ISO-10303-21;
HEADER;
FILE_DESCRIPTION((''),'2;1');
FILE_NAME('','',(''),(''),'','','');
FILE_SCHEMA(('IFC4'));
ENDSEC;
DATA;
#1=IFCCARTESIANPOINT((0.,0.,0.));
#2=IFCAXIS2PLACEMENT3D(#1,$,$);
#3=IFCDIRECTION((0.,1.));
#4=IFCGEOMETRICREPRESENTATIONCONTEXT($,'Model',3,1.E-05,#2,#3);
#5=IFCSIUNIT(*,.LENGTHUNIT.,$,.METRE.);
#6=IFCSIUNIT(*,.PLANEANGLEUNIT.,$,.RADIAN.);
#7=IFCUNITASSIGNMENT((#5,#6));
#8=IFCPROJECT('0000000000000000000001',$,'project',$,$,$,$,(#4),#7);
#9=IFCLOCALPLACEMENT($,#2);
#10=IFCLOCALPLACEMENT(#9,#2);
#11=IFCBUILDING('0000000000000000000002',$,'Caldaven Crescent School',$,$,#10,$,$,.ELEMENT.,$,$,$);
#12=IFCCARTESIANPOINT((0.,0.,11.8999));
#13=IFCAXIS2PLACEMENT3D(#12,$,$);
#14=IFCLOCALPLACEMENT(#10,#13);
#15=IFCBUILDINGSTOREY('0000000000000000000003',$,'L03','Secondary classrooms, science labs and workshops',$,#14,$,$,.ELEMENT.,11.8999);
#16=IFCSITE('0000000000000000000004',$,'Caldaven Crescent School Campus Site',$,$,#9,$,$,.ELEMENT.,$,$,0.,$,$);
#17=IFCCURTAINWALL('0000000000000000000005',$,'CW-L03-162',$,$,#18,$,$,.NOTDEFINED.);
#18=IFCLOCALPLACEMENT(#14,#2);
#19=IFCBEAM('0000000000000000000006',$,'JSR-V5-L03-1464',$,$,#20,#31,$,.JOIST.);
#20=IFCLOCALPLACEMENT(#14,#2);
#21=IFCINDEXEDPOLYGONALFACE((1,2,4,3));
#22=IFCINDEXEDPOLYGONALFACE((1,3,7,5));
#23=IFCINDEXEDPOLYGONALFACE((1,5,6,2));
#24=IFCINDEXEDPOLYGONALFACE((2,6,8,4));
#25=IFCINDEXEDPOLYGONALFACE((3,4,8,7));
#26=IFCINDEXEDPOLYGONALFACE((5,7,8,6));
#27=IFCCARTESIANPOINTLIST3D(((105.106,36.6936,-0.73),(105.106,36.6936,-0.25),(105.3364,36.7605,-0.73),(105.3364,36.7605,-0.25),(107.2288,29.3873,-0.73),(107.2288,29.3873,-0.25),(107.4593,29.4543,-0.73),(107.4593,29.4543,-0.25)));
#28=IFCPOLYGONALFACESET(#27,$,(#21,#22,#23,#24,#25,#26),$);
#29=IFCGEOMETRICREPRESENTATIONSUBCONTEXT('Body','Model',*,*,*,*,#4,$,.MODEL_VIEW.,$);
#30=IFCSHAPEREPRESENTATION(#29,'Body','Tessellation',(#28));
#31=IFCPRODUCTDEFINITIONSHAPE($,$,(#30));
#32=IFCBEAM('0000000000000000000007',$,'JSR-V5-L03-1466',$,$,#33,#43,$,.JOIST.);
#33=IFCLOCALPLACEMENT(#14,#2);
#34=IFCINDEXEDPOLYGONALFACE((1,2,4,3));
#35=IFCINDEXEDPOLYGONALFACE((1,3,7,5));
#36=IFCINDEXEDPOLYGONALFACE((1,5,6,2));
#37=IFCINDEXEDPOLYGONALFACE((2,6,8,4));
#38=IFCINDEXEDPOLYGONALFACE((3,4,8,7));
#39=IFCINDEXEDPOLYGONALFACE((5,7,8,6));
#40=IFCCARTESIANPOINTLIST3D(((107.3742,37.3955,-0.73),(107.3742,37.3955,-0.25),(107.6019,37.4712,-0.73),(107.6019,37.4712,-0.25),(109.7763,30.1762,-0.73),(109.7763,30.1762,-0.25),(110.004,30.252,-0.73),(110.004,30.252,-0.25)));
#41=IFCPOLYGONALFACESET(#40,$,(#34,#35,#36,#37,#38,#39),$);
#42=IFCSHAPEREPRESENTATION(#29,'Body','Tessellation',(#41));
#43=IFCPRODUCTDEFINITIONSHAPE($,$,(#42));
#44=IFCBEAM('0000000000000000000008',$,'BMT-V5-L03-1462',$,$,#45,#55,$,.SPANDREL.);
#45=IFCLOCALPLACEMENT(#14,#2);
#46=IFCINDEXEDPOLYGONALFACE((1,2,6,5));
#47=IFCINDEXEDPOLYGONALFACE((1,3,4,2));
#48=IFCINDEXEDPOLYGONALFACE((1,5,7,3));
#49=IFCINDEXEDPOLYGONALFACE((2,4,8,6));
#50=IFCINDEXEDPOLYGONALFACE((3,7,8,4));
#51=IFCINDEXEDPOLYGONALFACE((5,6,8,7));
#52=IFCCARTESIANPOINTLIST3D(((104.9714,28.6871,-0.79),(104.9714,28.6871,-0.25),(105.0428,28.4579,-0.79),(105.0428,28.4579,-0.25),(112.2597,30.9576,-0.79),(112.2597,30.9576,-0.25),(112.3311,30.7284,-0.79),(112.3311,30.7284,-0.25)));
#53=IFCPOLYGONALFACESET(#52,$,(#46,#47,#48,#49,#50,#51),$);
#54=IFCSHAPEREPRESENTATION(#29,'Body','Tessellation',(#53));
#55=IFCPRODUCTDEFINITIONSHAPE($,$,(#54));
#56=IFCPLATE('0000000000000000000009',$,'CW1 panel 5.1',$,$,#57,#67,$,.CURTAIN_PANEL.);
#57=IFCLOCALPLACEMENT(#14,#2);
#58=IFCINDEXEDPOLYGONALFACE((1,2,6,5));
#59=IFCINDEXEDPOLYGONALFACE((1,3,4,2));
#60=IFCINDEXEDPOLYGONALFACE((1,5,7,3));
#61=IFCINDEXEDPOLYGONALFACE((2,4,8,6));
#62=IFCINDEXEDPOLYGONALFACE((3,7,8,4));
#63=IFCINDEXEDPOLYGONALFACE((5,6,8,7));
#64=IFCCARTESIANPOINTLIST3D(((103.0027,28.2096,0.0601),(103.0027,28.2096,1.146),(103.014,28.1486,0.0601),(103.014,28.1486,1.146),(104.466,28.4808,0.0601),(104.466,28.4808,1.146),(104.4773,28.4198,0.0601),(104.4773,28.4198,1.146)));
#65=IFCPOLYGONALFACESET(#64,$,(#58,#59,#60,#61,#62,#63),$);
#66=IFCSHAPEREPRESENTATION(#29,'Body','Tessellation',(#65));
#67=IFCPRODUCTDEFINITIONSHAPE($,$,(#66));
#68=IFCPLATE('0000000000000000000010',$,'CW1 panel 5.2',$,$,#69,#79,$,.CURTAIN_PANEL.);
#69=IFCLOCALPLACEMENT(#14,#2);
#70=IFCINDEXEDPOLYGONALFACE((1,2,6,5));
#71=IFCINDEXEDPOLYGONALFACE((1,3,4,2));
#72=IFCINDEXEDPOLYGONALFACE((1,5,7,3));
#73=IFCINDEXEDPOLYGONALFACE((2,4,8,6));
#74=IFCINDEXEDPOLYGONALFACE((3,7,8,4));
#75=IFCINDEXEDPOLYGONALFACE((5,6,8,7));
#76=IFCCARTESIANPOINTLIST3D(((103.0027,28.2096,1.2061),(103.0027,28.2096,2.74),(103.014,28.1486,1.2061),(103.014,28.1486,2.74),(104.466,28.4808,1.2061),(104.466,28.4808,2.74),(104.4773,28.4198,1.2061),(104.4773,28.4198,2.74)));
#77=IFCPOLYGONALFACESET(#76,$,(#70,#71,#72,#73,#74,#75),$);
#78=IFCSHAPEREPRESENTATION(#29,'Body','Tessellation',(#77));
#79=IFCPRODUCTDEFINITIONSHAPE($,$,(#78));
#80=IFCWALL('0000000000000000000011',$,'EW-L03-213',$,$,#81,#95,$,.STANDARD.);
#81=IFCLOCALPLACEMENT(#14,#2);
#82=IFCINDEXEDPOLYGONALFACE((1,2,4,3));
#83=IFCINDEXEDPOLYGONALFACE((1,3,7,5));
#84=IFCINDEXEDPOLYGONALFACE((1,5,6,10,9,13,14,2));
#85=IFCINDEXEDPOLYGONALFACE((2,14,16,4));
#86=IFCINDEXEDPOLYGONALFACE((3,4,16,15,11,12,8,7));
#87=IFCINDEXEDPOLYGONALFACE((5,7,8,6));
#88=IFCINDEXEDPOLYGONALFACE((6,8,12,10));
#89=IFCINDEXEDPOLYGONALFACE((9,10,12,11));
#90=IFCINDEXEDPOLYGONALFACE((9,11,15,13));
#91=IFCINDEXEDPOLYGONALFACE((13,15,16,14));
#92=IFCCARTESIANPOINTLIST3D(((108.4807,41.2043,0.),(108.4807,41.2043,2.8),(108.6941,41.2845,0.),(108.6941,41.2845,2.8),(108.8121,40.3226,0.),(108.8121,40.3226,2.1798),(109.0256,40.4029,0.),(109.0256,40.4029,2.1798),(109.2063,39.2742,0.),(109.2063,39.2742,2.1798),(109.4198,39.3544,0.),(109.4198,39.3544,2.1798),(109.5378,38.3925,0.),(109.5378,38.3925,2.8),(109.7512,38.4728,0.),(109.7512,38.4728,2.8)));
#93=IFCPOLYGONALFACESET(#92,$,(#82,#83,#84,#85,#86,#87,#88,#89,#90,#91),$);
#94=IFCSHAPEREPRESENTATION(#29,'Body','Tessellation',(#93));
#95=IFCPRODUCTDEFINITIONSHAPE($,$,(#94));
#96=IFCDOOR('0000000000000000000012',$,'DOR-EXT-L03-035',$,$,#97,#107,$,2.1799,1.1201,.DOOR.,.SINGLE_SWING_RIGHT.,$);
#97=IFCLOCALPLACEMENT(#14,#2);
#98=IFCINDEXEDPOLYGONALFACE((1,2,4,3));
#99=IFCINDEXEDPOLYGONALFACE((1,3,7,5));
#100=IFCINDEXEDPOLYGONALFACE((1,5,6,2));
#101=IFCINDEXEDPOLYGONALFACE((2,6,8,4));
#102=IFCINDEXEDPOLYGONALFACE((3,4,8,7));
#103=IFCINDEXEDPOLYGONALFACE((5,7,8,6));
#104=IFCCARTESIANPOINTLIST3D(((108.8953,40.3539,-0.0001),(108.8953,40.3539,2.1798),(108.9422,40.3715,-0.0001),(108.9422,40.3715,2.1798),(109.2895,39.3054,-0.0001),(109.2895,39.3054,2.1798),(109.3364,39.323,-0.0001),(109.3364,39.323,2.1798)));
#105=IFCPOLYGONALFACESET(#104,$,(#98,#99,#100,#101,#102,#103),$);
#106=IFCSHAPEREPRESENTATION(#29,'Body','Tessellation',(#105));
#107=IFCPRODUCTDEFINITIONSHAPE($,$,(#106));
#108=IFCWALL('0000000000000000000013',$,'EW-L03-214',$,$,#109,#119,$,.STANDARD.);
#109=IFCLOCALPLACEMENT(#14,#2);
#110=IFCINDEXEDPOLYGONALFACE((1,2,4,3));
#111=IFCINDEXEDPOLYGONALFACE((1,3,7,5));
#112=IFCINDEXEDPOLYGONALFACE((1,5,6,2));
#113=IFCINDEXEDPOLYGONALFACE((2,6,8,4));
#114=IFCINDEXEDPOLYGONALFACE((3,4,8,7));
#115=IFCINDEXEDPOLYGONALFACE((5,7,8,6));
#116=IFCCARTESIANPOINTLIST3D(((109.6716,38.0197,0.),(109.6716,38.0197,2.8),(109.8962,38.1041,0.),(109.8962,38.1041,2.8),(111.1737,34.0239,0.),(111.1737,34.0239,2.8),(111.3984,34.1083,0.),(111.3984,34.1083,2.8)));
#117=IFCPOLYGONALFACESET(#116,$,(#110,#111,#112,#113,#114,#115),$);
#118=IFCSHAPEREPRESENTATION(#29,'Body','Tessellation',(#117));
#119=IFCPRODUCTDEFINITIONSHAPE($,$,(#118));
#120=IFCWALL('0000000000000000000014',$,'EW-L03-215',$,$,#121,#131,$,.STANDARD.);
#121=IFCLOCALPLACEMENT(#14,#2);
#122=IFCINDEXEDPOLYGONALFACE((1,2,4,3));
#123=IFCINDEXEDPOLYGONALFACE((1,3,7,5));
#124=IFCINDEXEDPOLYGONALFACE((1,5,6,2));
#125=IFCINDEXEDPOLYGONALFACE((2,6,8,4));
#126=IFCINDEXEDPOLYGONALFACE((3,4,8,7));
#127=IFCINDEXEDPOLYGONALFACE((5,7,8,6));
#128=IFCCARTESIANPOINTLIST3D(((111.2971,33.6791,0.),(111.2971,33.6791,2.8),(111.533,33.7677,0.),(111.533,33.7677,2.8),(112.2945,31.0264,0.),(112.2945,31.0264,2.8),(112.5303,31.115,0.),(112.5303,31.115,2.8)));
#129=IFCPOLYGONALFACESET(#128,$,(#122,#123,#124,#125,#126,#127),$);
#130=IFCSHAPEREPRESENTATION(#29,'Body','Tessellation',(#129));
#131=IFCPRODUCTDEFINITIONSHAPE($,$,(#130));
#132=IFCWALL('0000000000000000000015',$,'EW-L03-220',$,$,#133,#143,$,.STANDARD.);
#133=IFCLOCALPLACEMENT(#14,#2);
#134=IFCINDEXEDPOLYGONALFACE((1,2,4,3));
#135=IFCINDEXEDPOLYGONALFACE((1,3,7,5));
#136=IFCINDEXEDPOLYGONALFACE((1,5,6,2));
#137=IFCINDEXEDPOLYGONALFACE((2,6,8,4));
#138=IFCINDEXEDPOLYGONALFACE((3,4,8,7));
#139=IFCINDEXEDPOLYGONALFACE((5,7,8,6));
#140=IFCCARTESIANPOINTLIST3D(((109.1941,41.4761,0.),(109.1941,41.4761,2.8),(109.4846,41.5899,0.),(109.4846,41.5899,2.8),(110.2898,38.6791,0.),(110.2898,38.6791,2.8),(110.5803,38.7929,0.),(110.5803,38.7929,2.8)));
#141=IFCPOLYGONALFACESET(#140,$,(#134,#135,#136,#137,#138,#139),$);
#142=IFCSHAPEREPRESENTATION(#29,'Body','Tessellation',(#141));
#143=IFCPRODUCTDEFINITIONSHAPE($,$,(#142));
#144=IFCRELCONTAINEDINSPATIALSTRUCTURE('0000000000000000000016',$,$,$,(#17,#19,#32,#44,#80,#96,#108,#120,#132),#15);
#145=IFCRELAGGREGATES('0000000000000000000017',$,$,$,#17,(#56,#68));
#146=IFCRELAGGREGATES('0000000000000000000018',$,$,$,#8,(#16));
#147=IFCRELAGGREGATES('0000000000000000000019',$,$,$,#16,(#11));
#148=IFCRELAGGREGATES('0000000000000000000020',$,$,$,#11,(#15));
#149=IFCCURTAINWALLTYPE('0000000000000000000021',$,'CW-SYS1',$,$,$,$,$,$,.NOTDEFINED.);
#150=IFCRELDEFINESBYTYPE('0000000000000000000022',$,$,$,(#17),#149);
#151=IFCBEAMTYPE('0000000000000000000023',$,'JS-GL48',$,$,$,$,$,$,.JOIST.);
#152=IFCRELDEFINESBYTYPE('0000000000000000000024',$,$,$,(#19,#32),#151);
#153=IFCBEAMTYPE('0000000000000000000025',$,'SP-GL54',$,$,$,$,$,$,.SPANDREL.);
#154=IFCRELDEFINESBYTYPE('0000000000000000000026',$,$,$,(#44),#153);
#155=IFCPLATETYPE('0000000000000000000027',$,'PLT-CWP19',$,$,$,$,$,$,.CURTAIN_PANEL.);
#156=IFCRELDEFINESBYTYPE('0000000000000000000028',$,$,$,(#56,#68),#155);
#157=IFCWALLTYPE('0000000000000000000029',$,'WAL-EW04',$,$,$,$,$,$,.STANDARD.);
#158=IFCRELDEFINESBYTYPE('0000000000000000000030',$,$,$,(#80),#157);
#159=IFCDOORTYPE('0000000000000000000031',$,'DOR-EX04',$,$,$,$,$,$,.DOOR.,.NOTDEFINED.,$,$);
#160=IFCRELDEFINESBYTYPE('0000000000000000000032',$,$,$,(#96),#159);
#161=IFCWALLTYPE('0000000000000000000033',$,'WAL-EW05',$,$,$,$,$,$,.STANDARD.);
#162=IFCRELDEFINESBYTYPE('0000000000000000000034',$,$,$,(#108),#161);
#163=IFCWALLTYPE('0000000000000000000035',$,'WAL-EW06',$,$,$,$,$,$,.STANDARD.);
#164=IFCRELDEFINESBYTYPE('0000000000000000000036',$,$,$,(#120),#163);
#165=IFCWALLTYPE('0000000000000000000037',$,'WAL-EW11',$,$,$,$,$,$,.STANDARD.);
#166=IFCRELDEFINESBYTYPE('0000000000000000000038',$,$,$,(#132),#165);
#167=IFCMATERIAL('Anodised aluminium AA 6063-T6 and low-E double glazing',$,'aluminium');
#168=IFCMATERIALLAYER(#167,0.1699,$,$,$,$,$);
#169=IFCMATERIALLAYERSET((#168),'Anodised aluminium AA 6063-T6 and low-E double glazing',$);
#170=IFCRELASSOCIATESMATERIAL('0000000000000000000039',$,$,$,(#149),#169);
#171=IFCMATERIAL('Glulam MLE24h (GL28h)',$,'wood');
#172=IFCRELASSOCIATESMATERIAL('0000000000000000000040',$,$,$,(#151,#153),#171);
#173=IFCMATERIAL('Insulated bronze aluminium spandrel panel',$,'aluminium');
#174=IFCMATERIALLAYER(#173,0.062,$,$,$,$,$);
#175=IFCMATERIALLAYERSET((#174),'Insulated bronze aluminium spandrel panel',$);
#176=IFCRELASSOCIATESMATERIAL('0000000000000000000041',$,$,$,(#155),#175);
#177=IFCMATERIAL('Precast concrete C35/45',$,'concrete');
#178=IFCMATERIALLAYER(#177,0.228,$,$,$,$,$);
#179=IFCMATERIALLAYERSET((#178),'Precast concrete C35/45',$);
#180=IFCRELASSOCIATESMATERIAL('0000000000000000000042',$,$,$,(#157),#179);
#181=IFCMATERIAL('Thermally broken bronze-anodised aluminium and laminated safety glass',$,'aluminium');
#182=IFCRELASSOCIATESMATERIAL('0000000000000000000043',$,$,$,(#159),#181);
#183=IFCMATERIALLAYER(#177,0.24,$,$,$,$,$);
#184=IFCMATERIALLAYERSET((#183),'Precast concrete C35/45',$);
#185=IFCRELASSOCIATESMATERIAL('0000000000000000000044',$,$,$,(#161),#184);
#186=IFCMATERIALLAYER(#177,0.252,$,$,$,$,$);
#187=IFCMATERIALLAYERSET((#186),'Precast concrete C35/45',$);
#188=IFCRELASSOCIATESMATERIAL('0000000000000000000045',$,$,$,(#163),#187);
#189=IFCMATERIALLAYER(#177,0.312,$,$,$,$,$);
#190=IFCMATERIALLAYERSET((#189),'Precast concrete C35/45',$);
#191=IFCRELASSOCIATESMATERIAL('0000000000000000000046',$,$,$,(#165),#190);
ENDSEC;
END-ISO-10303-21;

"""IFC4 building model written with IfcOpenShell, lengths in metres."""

from ifc_helpers import new_model, si_unit, direction, frame, frame_2d, origin, origin_2d, place, context, subcontext, project, spatial, rectangle, extrude, material, layer, layer_set, material_profile, profile_set, type_object, element, fill, aggregate, save


model = new_model("IFC4")

# Units and contexts
model_context = context("Model", 3, precision=1e-05, world=origin(), true_north=direction((0.0, 1.0)))
body_context = subcontext(model_context, "Body", "Model", "MODEL_VIEW")
ifc_project = project(units=[si_unit("LENGTHUNIT", "METRE"), si_unit("PLANEANGLEUNIT", "RADIAN")], contexts=[model_context])

# Site, building, storey
site_placement = place(None, origin())
site = spatial("IfcSite", under=ifc_project, at=site_placement, Name="Caldaven Crescent School Campus Site", CompositionType="ELEMENT", RefElevation=0.0)
building_placement = place(site_placement, origin())
building = spatial("IfcBuilding", under=site, at=building_placement, Name="Caldaven Crescent School", CompositionType="ELEMENT")
storey_placement = place(building_placement, frame((0.0, 0.0, 11.8999)))
storey = spatial("IfcBuildingStorey", under=building, at=storey_placement, Name="L03", Description="Secondary classrooms, science labs and workshops", CompositionType="ELEMENT", Elevation=11.8999)

# Shared definitions
ifc_material_1 = material(Name="Glulam MLE24h (GL28h)", Category="wood")

# Curtain wall
ifc_material_2 = material(Name="Anodised aluminium AA 6063-T6 and low-E double glazing", Category="aluminium")
ifc_layer_1 = layer(ifc_material_2, 0.1699)
ifc_layer_set_1 = layer_set([ifc_layer_1], Name="Anodised aluminium AA 6063-T6 and low-E double glazing")
curtain_wall_type = type_object("IfcCurtainWallType", Name="CW-SYS1", PredefinedType="NOTDEFINED", material=ifc_layer_set_1)
curtain_wall_placement = place(storey_placement, origin())
curtain_wall = element("IfcCurtainWall", 1, at=curtain_wall_placement, inside=storey, type_object=curtain_wall_type, Name="CW-L03-162", PredefinedType="NOTDEFINED")

# Beams
ifc_material_profile_1 = material_profile(ifc_material_1, rectangle(XDim=0.24, YDim=0.48, at=origin_2d()), Name="MLE 240x480")
ifc_profile_set_1 = profile_set([ifc_material_profile_1], Name="Glulam MLE24h (GL28h)")
beam_type_1 = type_object("IfcBeamType", Name="JS-GL48", PredefinedType="JOIST", material=ifc_profile_set_1)
for number, where, z_axis, x_axis, name in (
    (2, (105.2212, 36.7271, -0.49), (0.279012, -0.960288, 0.0), (0.960288, 0.279012, 0.0), "JSR-V5-L03-1464"),
    (3, (107.488, 37.4333, -0.49), (0.315718, -0.948853, 0.0), (0.948853, 0.315718, 0.0), "JSR-V5-L03-1466"),
):
    element("IfcBeam", number, at=place(storey_placement, frame(where, z_axis=z_axis, x_axis=x_axis)), inside=storey, type_object=beam_type_1, Name=name, PredefinedType="JOIST", context=body_context, shape_type="SweptSolid", body=[
        extrude(rectangle(XDim=0.24, YDim=0.48, at=origin_2d()), origin(), (0.0, 0.0, 1.0), 7.6084),
    ])
ifc_material_profile_2 = material_profile(ifc_material_1, rectangle(XDim=0.24, YDim=0.54, at=origin_2d()), Name="MLE 240x540")
ifc_profile_set_2 = profile_set([ifc_material_profile_2], Name="Glulam MLE24h (GL28h)")
beam_type_2 = type_object("IfcBeamType", Name="SP-GL54", PredefinedType="SPANDREL", material=ifc_profile_set_2)
beam_1_placement = place(storey_placement, frame((105.0071, 28.5725, -0.52), z_axis=(0.954744, 0.297428, 0.0), x_axis=(-0.297428, 0.954744, 0.0)))
element("IfcBeam", 4, at=beam_1_placement, inside=storey, type_object=beam_type_2, Name="BMT-V5-L03-1462", PredefinedType="SPANDREL", context=body_context, shape_type="SweptSolid", body=[
    extrude(rectangle(XDim=0.24, YDim=0.54, at=origin_2d()), origin(), (0.0, 0.0, 1.0), 7.6338),
])

# Plates
ifc_material_3 = material(Name="Insulated bronze aluminium spandrel panel", Category="aluminium")
ifc_layer_2 = layer(ifc_material_3, 0.062)
ifc_layer_set_2 = layer_set([ifc_layer_2], Name="Insulated bronze aluminium spandrel panel")
plate_type = type_object("IfcPlateType", Name="PLT-CWP19", PredefinedType="CURTAIN_PANEL", material=ifc_layer_set_2)
plate_1_placement = place(storey_placement, frame((103.74, 28.3147, 0.0601), z_axis=(0.0, 0.0, 1.0), x_axis=(0.983255, 0.182235, 0.0)))
plate_1 = element("IfcPlate", 5, at=plate_1_placement, type_object=plate_type, Name="CW1 panel 5.1", PredefinedType="CURTAIN_PANEL", context=body_context, shape_type="SweptSolid", body=[
    extrude(rectangle(XDim=1.4883, YDim=0.062, at=origin_2d()), origin(), (0.0, 0.0, 1.0), 1.0859),
])
plate_2_placement = place(storey_placement, frame((103.74, 28.3147, 1.2061), z_axis=(0.0, 0.0, 1.0), x_axis=(0.983255, 0.182235, 0.0)))
plate_2 = element("IfcPlate", 6, at=plate_2_placement, type_object=plate_type, Name="CW1 panel 5.2", PredefinedType="CURTAIN_PANEL", context=body_context, shape_type="SweptSolid", body=[
    extrude(rectangle(XDim=1.4883, YDim=0.062, at=origin_2d()), origin(), (0.0, 0.0, 1.0), 1.5339),
])
aggregate(curtain_wall, [plate_1, plate_2])

# Wall, opening, door
ifc_material_4 = material(Name="Precast concrete C35/45", Category="concrete")
ifc_layer_3 = layer(ifc_material_4, 0.228)
ifc_layer_set_3 = layer_set([ifc_layer_3], Name="Precast concrete C35/45")
wall_type_1 = type_object("IfcWallType", Name="WAL-EW04", PredefinedType="STANDARD", material=ifc_layer_set_3)
wall_1_placement = place(storey_placement, frame((108.5874, 41.2444, 0.0), z_axis=(0.0, 0.0, 1.0), x_axis=(0.351916, -0.936032, 0.0)))
wall_1 = element("IfcWall", 7, at=wall_1_placement, inside=storey, type_object=wall_type_1, Name="EW-L03-213", PredefinedType="STANDARD", context=body_context, shape_type="SweptSolid", body=[
    extrude(rectangle(XDim=3.0039, YDim=0.228, at=frame_2d((1.502, 0.0))), origin(), (0.0, 0.0, 1.0), 2.8),
])
opening_1_placement = place(wall_1_placement, frame((0.9419, 0.0, 0.0)))
opening_1 = element("IfcOpeningElement", 8, at=opening_1_placement, cuts=wall_1, PredefinedType="OPENING", context=body_context, shape_type="SweptSolid", body=[
    extrude(rectangle(XDim=1.1201, YDim=2.1799, at=frame_2d((0.5601, 1.0898))), frame((0.0, 0.124, 0.0), z_axis=(0.0, -1.0, 0.0), x_axis=(1.0, 0.0, 0.0)), (0.0, 0.0, 1.0), 0.248),
])
ifc_material_5 = material(Name="Thermally broken bronze-anodised aluminium and laminated safety glass", Category="aluminium")
door_type_1 = type_object("IfcDoorType", Name="DOR-EX04", OperationType="NOTDEFINED", PredefinedType="DOOR", material=ifc_material_5)
door_1_placement = place(opening_1_placement, origin())
door_1 = element("IfcDoor", 9, at=door_1_placement, inside=storey, type_object=door_type_1, Name="DOR-EXT-L03-035", OperationType="SINGLE_SWING_RIGHT", OverallHeight=2.1799, OverallWidth=1.1201, PredefinedType="DOOR", context=body_context, shape_type="SweptSolid", body=[
    extrude(rectangle(XDim=1.1201, YDim=2.1799, at=frame_2d((0.5601, 1.0898))), frame((0.0, 0.0249, 0.0), z_axis=(0.0, -1.0, 0.0), x_axis=(1.0, 0.0, 0.0)), (0.0, 0.0, 1.0), 0.05),
])
fill(opening_1, door_1)

# Walls
ifc_layer_4 = layer(ifc_material_4, 0.24)
ifc_layer_set_4 = layer_set([ifc_layer_4], Name="Precast concrete C35/45")
wall_type_2 = type_object("IfcWallType", Name="WAL-EW05", PredefinedType="STANDARD", material=ifc_layer_set_4)
wall_2_placement = place(storey_placement, frame((109.7839, 38.0618, 0.0), z_axis=(0.0, 0.0, 1.0), x_axis=(0.351894, -0.93604, 0.0)))
element("IfcWall", 10, at=wall_2_placement, inside=storey, type_object=wall_type_2, Name="EW-L03-214", PredefinedType="STANDARD", context=body_context, shape_type="SweptSolid", body=[
    extrude(rectangle(XDim=4.2688, YDim=0.24, at=frame_2d((2.1343, 0.0))), origin(), (0.0, 0.0, 1.0), 2.8),
])
ifc_layer_5 = layer(ifc_material_4, 0.252)
ifc_layer_set_5 = layer_set([ifc_layer_5], Name="Precast concrete C35/45")
wall_type_3 = type_object("IfcWallType", Name="WAL-EW06", PredefinedType="STANDARD", material=ifc_layer_set_5)
wall_3_placement = place(storey_placement, frame((111.415, 33.7234, 0.0), z_axis=(0.0, 0.0, 1.0), x_axis=(0.351926, -0.936028, 0.0)))
element("IfcWall", 11, at=wall_3_placement, inside=storey, type_object=wall_type_3, Name="EW-L03-215", PredefinedType="STANDARD", context=body_context, shape_type="SweptSolid", body=[
    extrude(rectangle(XDim=2.834, YDim=0.252, at=frame_2d((1.417, 0.0))), origin(), (0.0, 0.0, 1.0), 2.8),
])
ifc_layer_6 = layer(ifc_material_4, 0.312)
ifc_layer_set_6 = layer_set([ifc_layer_6], Name="Precast concrete C35/45")
wall_type_4 = type_object("IfcWallType", Name="WAL-EW11", PredefinedType="STANDARD", material=ifc_layer_set_6)
wall_4_placement = place(storey_placement, frame((109.3394, 41.533, 0.0), z_axis=(0.0, 0.0, 1.0), x_axis=(0.364767, -0.931099, 0.0)))
element("IfcWall", 12, at=wall_4_placement, inside=storey, type_object=wall_type_4, Name="EW-L03-220", PredefinedType="STANDARD", context=body_context, shape_type="SweptSolid", body=[
    extrude(rectangle(XDim=3.0039, YDim=0.312, at=frame_2d((1.502, 0.0))), origin(), (0.0, 0.0, 1.0), 2.8),
])

save(model, "model.ifc")
